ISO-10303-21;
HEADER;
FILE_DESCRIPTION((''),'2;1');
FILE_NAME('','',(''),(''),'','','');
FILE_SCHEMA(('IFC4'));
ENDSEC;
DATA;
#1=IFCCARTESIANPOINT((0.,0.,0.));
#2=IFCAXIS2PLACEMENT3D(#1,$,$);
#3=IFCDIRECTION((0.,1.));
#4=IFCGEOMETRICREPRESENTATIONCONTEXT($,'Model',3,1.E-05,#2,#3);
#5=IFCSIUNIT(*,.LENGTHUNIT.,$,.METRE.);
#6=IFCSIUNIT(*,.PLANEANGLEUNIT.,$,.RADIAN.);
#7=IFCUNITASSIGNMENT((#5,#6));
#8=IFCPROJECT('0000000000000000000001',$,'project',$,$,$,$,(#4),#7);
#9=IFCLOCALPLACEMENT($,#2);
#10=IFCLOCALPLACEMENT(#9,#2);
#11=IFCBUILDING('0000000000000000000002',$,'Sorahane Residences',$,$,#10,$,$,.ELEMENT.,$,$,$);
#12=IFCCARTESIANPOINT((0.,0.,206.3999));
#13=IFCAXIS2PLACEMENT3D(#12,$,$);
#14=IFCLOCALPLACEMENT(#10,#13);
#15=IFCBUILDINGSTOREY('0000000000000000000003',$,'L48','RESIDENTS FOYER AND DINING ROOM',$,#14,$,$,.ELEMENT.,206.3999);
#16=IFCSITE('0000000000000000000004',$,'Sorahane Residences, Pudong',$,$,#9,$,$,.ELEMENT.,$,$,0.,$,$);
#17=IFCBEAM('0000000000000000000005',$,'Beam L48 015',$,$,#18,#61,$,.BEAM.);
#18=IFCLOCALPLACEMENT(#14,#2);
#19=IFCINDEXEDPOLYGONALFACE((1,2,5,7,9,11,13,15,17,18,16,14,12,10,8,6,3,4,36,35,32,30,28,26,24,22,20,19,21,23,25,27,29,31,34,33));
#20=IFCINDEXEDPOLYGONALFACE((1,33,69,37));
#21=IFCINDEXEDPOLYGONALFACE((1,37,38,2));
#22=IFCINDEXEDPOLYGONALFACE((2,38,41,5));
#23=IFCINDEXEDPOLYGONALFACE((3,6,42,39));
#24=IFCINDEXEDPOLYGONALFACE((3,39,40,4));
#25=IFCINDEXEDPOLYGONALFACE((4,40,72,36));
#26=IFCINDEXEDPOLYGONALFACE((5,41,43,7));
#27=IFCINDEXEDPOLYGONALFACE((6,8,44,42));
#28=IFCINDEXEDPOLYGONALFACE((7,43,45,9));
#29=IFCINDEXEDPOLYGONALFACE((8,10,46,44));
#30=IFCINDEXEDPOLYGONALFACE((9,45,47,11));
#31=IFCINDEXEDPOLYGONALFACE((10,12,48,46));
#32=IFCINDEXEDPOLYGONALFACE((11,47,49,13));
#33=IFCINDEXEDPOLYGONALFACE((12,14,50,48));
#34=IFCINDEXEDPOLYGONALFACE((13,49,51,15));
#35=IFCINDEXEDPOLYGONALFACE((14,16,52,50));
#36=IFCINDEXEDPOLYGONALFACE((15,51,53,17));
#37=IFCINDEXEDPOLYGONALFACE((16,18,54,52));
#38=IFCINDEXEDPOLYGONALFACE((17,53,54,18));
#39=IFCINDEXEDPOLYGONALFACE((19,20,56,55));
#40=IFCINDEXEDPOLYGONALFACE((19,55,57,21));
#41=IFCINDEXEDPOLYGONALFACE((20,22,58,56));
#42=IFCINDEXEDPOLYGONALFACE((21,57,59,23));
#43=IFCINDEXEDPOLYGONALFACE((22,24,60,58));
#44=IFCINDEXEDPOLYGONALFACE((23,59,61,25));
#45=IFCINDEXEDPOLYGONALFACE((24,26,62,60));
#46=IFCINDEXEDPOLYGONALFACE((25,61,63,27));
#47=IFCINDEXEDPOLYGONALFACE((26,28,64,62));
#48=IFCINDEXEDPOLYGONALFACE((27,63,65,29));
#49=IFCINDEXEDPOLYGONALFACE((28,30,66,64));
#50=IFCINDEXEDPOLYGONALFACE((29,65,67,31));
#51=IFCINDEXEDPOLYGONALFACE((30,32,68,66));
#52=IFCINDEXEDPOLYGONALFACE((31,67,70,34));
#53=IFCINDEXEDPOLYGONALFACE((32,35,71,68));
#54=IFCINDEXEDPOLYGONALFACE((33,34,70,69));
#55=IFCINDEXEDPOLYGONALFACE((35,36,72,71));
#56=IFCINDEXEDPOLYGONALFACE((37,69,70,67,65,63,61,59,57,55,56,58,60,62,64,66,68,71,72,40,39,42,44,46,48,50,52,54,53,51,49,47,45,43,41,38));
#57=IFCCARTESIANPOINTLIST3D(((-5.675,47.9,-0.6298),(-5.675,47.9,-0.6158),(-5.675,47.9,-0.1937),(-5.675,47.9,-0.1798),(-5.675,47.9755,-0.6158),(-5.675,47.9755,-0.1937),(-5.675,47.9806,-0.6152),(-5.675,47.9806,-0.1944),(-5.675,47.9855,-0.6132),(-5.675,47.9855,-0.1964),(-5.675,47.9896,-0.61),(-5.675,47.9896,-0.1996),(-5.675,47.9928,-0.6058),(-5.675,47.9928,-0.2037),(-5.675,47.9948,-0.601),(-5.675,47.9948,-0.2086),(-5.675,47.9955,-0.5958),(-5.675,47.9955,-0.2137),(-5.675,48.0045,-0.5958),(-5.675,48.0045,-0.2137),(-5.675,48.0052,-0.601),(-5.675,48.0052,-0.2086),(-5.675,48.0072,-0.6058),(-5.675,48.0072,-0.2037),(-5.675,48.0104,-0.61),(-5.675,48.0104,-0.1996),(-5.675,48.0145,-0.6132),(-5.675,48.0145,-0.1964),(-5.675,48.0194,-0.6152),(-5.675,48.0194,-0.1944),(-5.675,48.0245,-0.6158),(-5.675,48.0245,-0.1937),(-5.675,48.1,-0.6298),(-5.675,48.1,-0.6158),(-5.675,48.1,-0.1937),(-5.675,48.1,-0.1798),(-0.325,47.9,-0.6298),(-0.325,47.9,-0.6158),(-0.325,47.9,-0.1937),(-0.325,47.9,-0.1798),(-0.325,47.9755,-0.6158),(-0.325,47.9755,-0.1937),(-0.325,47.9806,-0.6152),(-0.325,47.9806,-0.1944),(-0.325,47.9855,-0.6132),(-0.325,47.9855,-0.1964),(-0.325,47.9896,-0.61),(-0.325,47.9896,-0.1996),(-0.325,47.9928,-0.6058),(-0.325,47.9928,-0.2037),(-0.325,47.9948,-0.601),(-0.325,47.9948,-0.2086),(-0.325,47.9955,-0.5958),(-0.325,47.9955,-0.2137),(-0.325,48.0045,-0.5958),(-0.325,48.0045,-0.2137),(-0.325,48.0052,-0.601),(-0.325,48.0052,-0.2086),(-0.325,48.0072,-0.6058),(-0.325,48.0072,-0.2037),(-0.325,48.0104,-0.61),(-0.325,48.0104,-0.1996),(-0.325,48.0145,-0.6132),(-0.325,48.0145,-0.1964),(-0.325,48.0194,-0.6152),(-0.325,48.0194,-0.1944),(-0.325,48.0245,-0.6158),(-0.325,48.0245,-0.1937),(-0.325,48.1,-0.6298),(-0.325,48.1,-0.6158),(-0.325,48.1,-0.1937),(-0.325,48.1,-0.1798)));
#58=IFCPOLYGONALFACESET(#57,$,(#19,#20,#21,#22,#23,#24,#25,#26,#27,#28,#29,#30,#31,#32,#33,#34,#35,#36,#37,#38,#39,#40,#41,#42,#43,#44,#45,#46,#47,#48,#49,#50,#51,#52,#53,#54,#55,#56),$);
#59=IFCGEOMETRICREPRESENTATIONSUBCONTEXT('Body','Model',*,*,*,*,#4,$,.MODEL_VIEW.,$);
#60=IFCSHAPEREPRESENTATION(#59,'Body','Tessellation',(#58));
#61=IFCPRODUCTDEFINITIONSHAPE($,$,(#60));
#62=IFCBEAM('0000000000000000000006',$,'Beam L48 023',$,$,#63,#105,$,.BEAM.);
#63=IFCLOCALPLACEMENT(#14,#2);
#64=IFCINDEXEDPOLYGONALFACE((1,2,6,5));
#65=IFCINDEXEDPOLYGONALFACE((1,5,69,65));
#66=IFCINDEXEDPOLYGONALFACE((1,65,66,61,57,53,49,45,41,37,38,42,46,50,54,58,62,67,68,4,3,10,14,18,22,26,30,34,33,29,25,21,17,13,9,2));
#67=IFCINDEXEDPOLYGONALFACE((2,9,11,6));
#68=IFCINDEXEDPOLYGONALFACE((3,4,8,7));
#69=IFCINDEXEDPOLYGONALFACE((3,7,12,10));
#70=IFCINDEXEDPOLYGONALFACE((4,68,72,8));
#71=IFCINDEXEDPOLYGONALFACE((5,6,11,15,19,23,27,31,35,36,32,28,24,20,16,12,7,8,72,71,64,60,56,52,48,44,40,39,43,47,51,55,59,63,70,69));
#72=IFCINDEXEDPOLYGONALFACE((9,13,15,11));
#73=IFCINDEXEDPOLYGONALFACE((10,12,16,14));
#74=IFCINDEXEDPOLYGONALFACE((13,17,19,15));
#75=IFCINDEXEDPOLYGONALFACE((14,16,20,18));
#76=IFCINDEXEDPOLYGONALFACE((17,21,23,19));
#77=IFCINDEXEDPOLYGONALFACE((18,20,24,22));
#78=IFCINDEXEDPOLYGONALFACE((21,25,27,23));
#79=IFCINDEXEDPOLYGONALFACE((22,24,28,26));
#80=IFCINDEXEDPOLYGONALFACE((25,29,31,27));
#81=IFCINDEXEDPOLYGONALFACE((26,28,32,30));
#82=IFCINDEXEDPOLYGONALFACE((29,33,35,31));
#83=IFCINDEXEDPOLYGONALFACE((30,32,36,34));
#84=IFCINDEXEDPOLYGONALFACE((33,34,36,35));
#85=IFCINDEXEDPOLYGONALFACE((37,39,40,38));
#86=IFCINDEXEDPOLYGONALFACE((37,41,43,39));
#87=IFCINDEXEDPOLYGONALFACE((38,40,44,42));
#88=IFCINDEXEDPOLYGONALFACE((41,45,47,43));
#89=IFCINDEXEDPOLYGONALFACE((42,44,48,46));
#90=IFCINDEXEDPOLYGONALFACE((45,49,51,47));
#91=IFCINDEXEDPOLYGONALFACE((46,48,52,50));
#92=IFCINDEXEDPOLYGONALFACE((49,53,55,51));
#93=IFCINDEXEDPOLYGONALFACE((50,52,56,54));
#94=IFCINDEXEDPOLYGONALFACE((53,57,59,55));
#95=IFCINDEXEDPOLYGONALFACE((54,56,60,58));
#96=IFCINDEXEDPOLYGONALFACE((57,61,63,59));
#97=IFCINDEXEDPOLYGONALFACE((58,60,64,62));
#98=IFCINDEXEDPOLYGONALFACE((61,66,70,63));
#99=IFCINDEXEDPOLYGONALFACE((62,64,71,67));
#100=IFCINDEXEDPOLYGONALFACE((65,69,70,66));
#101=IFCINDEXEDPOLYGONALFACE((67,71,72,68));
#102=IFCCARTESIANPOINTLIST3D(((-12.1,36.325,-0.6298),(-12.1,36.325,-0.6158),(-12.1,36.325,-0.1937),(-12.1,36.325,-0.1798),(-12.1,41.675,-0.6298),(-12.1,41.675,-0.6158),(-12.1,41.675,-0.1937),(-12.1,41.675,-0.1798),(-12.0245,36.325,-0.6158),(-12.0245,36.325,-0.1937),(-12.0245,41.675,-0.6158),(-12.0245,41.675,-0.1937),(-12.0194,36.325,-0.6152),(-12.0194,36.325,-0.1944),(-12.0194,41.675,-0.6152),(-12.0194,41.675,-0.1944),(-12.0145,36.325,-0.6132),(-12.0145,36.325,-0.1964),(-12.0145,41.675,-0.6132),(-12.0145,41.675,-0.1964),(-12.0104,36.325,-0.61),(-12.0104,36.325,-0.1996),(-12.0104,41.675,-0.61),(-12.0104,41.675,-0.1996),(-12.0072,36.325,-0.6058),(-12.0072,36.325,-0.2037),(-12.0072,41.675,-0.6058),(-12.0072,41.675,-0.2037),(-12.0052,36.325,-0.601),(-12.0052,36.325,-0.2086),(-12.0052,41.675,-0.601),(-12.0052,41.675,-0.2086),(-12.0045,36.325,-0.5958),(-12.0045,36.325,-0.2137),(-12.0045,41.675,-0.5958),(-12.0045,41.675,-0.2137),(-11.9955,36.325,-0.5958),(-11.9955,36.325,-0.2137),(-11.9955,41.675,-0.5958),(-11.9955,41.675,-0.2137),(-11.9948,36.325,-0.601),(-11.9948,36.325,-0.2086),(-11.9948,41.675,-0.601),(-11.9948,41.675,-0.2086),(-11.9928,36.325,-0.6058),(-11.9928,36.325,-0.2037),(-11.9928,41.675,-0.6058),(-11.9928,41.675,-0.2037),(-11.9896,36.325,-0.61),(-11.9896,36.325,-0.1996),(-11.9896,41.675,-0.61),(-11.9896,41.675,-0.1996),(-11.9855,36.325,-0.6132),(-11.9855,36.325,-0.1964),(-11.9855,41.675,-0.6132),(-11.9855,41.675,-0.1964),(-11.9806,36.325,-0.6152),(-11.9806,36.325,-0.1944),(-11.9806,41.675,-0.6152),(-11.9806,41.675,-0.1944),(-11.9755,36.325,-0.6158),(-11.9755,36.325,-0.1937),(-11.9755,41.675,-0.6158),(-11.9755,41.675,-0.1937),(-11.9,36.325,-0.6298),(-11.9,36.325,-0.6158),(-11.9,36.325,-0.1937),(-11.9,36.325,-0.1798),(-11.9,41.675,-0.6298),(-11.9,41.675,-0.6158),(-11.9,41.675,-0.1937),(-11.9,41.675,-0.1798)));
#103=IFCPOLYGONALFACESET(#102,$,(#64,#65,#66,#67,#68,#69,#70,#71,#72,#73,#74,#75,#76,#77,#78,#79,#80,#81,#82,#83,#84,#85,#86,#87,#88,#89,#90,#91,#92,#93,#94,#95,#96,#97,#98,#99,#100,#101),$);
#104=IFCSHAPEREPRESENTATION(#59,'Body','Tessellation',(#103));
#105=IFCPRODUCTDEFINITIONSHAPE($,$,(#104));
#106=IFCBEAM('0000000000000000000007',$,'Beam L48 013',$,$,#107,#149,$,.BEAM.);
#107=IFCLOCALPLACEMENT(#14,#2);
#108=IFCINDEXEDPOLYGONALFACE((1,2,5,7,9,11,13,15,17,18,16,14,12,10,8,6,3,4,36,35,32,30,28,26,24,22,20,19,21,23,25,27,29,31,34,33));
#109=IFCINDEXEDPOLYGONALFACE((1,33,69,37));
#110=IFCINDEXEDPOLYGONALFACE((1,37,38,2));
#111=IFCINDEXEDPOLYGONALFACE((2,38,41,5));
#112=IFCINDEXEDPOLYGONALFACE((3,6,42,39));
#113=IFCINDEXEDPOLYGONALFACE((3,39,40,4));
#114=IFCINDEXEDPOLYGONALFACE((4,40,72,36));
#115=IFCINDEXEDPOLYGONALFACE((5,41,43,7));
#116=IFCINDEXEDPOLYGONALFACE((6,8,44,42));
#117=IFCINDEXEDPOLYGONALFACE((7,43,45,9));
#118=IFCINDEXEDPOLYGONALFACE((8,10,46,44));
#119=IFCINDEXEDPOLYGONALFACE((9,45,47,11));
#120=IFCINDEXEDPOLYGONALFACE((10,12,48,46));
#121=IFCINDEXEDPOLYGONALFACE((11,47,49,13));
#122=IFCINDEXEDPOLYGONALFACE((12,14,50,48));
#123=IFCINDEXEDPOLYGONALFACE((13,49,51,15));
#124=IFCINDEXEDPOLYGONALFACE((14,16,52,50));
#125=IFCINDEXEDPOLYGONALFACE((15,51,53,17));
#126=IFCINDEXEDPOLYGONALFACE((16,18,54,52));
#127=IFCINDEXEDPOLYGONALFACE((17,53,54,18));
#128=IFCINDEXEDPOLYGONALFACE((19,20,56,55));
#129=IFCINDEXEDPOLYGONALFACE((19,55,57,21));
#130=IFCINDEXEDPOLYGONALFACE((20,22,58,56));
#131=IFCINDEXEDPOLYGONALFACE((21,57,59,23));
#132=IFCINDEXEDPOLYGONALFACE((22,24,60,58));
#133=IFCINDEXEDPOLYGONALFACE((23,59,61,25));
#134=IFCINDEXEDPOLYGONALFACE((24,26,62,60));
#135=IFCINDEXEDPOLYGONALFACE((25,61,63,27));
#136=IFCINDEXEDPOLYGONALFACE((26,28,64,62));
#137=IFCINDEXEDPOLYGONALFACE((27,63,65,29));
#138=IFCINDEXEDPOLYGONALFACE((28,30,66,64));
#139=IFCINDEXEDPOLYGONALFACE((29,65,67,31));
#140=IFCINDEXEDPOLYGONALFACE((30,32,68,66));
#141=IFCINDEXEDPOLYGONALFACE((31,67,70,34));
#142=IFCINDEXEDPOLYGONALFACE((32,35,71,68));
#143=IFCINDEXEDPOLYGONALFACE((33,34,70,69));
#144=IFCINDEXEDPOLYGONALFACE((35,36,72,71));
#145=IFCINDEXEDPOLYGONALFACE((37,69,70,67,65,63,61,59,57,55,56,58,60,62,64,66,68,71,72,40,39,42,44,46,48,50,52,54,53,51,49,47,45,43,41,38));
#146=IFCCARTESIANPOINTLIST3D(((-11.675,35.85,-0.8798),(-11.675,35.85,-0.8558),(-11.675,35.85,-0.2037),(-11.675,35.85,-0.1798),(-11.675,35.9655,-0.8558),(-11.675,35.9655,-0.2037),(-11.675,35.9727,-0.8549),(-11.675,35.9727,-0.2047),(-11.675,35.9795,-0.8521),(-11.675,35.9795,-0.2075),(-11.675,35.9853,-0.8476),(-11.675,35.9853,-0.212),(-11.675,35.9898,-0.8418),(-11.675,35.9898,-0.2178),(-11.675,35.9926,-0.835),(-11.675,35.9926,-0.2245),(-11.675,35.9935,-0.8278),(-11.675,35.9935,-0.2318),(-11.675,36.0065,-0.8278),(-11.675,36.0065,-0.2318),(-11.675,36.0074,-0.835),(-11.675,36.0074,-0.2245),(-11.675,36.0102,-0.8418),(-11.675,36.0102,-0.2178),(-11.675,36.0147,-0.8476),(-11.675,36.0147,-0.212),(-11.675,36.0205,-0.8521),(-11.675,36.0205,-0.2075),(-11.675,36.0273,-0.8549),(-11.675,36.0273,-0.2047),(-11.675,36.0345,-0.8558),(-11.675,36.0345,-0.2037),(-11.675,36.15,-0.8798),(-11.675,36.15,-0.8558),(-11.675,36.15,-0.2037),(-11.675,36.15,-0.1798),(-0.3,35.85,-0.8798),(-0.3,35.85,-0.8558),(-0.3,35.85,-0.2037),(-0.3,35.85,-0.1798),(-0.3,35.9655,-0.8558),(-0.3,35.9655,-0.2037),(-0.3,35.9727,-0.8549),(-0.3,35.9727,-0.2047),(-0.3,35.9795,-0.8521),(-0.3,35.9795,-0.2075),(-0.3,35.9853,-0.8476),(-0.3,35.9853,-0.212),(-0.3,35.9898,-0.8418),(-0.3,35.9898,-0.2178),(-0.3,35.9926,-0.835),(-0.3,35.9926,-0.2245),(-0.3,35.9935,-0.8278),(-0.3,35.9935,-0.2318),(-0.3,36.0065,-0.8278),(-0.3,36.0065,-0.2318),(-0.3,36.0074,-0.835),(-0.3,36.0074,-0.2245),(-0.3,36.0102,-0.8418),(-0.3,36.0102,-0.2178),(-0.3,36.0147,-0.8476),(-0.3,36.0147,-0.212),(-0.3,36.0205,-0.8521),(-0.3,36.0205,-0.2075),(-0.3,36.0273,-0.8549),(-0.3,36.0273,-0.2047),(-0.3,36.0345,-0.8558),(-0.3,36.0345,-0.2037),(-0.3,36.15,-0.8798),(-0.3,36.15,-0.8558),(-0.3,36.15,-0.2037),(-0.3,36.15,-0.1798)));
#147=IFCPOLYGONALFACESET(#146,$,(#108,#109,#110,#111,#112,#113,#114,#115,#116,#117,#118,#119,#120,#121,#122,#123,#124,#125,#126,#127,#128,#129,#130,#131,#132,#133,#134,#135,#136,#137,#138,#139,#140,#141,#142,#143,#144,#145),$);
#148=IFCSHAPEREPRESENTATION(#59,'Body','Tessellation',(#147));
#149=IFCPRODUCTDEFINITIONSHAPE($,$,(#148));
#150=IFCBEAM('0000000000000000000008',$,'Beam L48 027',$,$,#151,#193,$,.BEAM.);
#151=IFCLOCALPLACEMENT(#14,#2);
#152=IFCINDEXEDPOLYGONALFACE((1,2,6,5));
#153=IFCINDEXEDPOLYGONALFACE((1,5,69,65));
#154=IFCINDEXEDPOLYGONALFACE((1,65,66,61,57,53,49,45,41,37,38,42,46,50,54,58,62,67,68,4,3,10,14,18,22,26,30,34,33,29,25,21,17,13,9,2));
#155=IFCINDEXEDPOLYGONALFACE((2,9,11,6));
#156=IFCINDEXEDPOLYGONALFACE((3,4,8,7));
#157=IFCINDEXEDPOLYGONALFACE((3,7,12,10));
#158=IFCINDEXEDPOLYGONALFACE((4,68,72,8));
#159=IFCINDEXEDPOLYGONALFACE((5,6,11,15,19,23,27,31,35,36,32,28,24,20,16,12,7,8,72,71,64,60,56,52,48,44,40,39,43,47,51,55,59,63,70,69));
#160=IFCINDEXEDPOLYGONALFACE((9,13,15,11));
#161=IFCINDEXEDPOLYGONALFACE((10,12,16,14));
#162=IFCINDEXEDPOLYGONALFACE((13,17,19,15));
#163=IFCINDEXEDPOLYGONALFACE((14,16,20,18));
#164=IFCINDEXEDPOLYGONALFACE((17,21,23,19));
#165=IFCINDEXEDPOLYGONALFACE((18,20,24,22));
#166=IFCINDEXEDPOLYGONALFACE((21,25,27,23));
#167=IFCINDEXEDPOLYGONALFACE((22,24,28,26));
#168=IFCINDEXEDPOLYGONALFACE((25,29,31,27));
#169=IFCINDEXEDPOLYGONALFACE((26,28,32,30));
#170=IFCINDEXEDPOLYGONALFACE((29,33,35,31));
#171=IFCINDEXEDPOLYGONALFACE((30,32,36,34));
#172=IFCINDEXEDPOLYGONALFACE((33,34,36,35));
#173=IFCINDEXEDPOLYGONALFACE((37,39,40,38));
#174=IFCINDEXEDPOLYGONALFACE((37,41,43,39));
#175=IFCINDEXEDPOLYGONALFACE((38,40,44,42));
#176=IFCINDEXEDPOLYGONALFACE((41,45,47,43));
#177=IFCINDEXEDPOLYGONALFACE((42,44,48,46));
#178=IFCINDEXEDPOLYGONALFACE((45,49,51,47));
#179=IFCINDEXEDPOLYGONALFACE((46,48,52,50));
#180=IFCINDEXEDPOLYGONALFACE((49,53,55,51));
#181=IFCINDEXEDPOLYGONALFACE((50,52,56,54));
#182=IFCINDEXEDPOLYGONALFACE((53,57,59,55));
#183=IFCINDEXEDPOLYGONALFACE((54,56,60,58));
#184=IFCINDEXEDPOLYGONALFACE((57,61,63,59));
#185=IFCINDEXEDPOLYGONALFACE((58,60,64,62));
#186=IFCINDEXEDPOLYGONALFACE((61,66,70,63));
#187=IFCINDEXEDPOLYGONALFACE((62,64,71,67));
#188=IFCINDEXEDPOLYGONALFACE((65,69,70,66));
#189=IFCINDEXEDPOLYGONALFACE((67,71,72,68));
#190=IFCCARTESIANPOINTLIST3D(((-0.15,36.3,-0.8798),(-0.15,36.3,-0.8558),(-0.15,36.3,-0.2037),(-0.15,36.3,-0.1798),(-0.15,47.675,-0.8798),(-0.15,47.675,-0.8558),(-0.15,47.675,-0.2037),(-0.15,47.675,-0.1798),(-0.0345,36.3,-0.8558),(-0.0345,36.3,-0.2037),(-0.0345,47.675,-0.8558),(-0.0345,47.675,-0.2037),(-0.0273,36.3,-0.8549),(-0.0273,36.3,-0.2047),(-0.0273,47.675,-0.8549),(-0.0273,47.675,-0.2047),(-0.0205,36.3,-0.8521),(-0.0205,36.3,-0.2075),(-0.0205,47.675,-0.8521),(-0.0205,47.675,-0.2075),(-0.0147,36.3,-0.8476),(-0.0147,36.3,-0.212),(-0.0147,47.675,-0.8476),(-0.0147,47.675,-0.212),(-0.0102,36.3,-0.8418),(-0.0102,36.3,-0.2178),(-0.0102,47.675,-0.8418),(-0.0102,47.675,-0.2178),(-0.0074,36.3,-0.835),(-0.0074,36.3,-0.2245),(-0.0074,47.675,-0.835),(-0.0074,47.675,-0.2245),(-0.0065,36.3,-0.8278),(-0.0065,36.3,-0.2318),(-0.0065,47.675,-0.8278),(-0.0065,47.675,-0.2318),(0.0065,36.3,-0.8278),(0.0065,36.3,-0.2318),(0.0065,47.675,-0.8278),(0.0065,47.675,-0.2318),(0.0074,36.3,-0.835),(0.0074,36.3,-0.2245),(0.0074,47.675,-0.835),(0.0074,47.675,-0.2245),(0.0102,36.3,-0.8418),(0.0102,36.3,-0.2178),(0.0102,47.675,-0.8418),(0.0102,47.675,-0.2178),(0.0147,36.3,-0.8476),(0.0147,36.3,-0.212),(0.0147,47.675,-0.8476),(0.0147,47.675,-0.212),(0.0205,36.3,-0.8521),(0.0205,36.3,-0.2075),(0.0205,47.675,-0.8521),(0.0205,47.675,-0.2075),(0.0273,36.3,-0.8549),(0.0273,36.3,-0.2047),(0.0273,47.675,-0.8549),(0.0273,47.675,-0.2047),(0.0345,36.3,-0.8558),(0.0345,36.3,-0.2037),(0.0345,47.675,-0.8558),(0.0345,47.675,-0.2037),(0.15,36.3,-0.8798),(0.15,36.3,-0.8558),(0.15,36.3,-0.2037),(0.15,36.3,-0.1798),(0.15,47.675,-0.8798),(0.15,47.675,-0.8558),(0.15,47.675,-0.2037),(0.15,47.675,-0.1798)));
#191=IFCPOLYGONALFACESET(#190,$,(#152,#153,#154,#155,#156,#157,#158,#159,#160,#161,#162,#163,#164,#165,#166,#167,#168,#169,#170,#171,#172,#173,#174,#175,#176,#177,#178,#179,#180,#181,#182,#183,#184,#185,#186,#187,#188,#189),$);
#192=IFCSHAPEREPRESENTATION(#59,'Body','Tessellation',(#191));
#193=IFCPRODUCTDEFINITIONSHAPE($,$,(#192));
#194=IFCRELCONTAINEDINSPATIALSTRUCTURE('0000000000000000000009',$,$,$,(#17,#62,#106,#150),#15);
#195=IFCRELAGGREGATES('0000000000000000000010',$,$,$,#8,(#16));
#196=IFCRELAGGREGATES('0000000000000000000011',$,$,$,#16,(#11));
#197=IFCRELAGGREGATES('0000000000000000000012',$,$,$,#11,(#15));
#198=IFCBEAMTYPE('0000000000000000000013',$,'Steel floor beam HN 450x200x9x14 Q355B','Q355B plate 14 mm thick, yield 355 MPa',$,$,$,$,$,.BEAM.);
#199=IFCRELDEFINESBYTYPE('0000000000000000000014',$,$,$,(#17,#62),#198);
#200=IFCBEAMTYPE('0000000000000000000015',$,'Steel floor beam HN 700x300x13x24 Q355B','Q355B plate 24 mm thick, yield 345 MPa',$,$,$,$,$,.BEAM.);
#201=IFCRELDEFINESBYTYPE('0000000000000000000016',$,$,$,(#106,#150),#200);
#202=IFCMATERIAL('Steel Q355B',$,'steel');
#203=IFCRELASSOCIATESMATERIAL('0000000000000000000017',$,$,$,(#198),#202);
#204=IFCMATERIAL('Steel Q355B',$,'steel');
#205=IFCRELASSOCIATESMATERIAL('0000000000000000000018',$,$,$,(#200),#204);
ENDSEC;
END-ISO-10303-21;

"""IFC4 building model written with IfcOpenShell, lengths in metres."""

from ifc_helpers import new_model, si_unit, direction, frame, origin, origin_2d, place, context, subcontext, project, spatial, i_section, extrude, material, material_profile, profile_set, type_object, element, save


model = new_model("IFC4")

# Units and contexts
model_context = context("Model", 3, precision=1e-05, world=origin(), true_north=direction((0.0, 1.0)))
body_context = subcontext(model_context, "Body", "Model", "MODEL_VIEW")
ifc_project = project(units=[si_unit("LENGTHUNIT", "METRE"), si_unit("PLANEANGLEUNIT", "RADIAN")], contexts=[model_context])

# Site, building, storey
site_placement = place(None, origin())
site = spatial("IfcSite", under=ifc_project, at=site_placement, Name="Sorahane Residences, Pudong", CompositionType="ELEMENT", RefElevation=0.0)
building_placement = place(site_placement, origin())
building = spatial("IfcBuilding", under=site, at=building_placement, Name="Sorahane Residences", CompositionType="ELEMENT")
storey_placement = place(building_placement, frame((0.0, 0.0, 206.3999)))
storey = spatial("IfcBuildingStorey", under=building, at=storey_placement, Name="L48", Description="RESIDENTS FOYER AND DINING ROOM", CompositionType="ELEMENT", Elevation=206.3999)

# Beams
ifc_material_1 = material(Name="Steel Q355B", Category="steel")
ifc_material_profile_1 = material_profile(ifc_material_1, i_section(OverallWidth=0.2, OverallDepth=0.45, WebThickness=0.009, FlangeThickness=0.0139, FilletRadius=0.02, at=origin_2d()), Name="HN 450x200x9x14")
ifc_profile_set_1 = profile_set([ifc_material_profile_1], Name="Steel Q355B")
beam_type_1 = type_object("IfcBeamType", Name="Steel floor beam HN 450x200x9x14 Q355B", Description="Q355B plate 14 mm thick, yield 355 MPa", PredefinedType="BEAM", material=ifc_profile_set_1)
for number, where, z_axis, x_axis, name in (
    (1, (-5.675, 48.0, -0.4048), (1.0, 0.0, 0.0), (0.0, 1.0, 0.0), "Beam L48 015"),
    (2, (-12.0, 36.325, -0.4048), (0.0, 1.0, 0.0), (-1.0, 0.0, 0.0), "Beam L48 023"),
):
    element("IfcBeam", number, at=place(storey_placement, frame(where, z_axis=z_axis, x_axis=x_axis)), inside=storey, type_object=beam_type_1, Name=name, PredefinedType="BEAM", context=body_context, shape_type="SweptSolid", body=[
        extrude(i_section(OverallWidth=0.2, OverallDepth=0.45, WebThickness=0.009, FlangeThickness=0.0139, FilletRadius=0.02, at=origin_2d()), origin(), (0.0, 0.0, 1.0), 5.3501),
    ])
ifc_material_2 = material(Name="Steel Q355B", Category="steel")
ifc_material_profile_2 = material_profile(ifc_material_2, i_section(OverallWidth=0.3, OverallDepth=0.7, WebThickness=0.0129, FlangeThickness=0.0239, FilletRadius=0.0281, at=origin_2d()), Name="HN 700x300x13x24")
ifc_profile_set_2 = profile_set([ifc_material_profile_2], Name="Steel Q355B")
beam_type_2 = type_object("IfcBeamType", Name="Steel floor beam HN 700x300x13x24 Q355B", Description="Q355B plate 24 mm thick, yield 345 MPa", PredefinedType="BEAM", material=ifc_profile_set_2)
for number, where, z_axis, x_axis, name in (
    (3, (-11.675, 36.0, -0.5298), (1.0, 0.0, 0.0), (0.0, 1.0, 0.0), "Beam L48 013"),
    (4, (0.0, 36.3, -0.5298), (0.0, 1.0, 0.0), (-1.0, 0.0, 0.0), "Beam L48 027"),
):
    element("IfcBeam", number, at=place(storey_placement, frame(where, z_axis=z_axis, x_axis=x_axis)), inside=storey, type_object=beam_type_2, Name=name, PredefinedType="BEAM", context=body_context, shape_type="SweptSolid", body=[
        extrude(i_section(OverallWidth=0.3, OverallDepth=0.7, WebThickness=0.0129, FlangeThickness=0.0239, FilletRadius=0.0281, at=origin_2d()), origin(), (0.0, 0.0, 1.0), 11.375),
    ])

save(model, "model.ifc")
